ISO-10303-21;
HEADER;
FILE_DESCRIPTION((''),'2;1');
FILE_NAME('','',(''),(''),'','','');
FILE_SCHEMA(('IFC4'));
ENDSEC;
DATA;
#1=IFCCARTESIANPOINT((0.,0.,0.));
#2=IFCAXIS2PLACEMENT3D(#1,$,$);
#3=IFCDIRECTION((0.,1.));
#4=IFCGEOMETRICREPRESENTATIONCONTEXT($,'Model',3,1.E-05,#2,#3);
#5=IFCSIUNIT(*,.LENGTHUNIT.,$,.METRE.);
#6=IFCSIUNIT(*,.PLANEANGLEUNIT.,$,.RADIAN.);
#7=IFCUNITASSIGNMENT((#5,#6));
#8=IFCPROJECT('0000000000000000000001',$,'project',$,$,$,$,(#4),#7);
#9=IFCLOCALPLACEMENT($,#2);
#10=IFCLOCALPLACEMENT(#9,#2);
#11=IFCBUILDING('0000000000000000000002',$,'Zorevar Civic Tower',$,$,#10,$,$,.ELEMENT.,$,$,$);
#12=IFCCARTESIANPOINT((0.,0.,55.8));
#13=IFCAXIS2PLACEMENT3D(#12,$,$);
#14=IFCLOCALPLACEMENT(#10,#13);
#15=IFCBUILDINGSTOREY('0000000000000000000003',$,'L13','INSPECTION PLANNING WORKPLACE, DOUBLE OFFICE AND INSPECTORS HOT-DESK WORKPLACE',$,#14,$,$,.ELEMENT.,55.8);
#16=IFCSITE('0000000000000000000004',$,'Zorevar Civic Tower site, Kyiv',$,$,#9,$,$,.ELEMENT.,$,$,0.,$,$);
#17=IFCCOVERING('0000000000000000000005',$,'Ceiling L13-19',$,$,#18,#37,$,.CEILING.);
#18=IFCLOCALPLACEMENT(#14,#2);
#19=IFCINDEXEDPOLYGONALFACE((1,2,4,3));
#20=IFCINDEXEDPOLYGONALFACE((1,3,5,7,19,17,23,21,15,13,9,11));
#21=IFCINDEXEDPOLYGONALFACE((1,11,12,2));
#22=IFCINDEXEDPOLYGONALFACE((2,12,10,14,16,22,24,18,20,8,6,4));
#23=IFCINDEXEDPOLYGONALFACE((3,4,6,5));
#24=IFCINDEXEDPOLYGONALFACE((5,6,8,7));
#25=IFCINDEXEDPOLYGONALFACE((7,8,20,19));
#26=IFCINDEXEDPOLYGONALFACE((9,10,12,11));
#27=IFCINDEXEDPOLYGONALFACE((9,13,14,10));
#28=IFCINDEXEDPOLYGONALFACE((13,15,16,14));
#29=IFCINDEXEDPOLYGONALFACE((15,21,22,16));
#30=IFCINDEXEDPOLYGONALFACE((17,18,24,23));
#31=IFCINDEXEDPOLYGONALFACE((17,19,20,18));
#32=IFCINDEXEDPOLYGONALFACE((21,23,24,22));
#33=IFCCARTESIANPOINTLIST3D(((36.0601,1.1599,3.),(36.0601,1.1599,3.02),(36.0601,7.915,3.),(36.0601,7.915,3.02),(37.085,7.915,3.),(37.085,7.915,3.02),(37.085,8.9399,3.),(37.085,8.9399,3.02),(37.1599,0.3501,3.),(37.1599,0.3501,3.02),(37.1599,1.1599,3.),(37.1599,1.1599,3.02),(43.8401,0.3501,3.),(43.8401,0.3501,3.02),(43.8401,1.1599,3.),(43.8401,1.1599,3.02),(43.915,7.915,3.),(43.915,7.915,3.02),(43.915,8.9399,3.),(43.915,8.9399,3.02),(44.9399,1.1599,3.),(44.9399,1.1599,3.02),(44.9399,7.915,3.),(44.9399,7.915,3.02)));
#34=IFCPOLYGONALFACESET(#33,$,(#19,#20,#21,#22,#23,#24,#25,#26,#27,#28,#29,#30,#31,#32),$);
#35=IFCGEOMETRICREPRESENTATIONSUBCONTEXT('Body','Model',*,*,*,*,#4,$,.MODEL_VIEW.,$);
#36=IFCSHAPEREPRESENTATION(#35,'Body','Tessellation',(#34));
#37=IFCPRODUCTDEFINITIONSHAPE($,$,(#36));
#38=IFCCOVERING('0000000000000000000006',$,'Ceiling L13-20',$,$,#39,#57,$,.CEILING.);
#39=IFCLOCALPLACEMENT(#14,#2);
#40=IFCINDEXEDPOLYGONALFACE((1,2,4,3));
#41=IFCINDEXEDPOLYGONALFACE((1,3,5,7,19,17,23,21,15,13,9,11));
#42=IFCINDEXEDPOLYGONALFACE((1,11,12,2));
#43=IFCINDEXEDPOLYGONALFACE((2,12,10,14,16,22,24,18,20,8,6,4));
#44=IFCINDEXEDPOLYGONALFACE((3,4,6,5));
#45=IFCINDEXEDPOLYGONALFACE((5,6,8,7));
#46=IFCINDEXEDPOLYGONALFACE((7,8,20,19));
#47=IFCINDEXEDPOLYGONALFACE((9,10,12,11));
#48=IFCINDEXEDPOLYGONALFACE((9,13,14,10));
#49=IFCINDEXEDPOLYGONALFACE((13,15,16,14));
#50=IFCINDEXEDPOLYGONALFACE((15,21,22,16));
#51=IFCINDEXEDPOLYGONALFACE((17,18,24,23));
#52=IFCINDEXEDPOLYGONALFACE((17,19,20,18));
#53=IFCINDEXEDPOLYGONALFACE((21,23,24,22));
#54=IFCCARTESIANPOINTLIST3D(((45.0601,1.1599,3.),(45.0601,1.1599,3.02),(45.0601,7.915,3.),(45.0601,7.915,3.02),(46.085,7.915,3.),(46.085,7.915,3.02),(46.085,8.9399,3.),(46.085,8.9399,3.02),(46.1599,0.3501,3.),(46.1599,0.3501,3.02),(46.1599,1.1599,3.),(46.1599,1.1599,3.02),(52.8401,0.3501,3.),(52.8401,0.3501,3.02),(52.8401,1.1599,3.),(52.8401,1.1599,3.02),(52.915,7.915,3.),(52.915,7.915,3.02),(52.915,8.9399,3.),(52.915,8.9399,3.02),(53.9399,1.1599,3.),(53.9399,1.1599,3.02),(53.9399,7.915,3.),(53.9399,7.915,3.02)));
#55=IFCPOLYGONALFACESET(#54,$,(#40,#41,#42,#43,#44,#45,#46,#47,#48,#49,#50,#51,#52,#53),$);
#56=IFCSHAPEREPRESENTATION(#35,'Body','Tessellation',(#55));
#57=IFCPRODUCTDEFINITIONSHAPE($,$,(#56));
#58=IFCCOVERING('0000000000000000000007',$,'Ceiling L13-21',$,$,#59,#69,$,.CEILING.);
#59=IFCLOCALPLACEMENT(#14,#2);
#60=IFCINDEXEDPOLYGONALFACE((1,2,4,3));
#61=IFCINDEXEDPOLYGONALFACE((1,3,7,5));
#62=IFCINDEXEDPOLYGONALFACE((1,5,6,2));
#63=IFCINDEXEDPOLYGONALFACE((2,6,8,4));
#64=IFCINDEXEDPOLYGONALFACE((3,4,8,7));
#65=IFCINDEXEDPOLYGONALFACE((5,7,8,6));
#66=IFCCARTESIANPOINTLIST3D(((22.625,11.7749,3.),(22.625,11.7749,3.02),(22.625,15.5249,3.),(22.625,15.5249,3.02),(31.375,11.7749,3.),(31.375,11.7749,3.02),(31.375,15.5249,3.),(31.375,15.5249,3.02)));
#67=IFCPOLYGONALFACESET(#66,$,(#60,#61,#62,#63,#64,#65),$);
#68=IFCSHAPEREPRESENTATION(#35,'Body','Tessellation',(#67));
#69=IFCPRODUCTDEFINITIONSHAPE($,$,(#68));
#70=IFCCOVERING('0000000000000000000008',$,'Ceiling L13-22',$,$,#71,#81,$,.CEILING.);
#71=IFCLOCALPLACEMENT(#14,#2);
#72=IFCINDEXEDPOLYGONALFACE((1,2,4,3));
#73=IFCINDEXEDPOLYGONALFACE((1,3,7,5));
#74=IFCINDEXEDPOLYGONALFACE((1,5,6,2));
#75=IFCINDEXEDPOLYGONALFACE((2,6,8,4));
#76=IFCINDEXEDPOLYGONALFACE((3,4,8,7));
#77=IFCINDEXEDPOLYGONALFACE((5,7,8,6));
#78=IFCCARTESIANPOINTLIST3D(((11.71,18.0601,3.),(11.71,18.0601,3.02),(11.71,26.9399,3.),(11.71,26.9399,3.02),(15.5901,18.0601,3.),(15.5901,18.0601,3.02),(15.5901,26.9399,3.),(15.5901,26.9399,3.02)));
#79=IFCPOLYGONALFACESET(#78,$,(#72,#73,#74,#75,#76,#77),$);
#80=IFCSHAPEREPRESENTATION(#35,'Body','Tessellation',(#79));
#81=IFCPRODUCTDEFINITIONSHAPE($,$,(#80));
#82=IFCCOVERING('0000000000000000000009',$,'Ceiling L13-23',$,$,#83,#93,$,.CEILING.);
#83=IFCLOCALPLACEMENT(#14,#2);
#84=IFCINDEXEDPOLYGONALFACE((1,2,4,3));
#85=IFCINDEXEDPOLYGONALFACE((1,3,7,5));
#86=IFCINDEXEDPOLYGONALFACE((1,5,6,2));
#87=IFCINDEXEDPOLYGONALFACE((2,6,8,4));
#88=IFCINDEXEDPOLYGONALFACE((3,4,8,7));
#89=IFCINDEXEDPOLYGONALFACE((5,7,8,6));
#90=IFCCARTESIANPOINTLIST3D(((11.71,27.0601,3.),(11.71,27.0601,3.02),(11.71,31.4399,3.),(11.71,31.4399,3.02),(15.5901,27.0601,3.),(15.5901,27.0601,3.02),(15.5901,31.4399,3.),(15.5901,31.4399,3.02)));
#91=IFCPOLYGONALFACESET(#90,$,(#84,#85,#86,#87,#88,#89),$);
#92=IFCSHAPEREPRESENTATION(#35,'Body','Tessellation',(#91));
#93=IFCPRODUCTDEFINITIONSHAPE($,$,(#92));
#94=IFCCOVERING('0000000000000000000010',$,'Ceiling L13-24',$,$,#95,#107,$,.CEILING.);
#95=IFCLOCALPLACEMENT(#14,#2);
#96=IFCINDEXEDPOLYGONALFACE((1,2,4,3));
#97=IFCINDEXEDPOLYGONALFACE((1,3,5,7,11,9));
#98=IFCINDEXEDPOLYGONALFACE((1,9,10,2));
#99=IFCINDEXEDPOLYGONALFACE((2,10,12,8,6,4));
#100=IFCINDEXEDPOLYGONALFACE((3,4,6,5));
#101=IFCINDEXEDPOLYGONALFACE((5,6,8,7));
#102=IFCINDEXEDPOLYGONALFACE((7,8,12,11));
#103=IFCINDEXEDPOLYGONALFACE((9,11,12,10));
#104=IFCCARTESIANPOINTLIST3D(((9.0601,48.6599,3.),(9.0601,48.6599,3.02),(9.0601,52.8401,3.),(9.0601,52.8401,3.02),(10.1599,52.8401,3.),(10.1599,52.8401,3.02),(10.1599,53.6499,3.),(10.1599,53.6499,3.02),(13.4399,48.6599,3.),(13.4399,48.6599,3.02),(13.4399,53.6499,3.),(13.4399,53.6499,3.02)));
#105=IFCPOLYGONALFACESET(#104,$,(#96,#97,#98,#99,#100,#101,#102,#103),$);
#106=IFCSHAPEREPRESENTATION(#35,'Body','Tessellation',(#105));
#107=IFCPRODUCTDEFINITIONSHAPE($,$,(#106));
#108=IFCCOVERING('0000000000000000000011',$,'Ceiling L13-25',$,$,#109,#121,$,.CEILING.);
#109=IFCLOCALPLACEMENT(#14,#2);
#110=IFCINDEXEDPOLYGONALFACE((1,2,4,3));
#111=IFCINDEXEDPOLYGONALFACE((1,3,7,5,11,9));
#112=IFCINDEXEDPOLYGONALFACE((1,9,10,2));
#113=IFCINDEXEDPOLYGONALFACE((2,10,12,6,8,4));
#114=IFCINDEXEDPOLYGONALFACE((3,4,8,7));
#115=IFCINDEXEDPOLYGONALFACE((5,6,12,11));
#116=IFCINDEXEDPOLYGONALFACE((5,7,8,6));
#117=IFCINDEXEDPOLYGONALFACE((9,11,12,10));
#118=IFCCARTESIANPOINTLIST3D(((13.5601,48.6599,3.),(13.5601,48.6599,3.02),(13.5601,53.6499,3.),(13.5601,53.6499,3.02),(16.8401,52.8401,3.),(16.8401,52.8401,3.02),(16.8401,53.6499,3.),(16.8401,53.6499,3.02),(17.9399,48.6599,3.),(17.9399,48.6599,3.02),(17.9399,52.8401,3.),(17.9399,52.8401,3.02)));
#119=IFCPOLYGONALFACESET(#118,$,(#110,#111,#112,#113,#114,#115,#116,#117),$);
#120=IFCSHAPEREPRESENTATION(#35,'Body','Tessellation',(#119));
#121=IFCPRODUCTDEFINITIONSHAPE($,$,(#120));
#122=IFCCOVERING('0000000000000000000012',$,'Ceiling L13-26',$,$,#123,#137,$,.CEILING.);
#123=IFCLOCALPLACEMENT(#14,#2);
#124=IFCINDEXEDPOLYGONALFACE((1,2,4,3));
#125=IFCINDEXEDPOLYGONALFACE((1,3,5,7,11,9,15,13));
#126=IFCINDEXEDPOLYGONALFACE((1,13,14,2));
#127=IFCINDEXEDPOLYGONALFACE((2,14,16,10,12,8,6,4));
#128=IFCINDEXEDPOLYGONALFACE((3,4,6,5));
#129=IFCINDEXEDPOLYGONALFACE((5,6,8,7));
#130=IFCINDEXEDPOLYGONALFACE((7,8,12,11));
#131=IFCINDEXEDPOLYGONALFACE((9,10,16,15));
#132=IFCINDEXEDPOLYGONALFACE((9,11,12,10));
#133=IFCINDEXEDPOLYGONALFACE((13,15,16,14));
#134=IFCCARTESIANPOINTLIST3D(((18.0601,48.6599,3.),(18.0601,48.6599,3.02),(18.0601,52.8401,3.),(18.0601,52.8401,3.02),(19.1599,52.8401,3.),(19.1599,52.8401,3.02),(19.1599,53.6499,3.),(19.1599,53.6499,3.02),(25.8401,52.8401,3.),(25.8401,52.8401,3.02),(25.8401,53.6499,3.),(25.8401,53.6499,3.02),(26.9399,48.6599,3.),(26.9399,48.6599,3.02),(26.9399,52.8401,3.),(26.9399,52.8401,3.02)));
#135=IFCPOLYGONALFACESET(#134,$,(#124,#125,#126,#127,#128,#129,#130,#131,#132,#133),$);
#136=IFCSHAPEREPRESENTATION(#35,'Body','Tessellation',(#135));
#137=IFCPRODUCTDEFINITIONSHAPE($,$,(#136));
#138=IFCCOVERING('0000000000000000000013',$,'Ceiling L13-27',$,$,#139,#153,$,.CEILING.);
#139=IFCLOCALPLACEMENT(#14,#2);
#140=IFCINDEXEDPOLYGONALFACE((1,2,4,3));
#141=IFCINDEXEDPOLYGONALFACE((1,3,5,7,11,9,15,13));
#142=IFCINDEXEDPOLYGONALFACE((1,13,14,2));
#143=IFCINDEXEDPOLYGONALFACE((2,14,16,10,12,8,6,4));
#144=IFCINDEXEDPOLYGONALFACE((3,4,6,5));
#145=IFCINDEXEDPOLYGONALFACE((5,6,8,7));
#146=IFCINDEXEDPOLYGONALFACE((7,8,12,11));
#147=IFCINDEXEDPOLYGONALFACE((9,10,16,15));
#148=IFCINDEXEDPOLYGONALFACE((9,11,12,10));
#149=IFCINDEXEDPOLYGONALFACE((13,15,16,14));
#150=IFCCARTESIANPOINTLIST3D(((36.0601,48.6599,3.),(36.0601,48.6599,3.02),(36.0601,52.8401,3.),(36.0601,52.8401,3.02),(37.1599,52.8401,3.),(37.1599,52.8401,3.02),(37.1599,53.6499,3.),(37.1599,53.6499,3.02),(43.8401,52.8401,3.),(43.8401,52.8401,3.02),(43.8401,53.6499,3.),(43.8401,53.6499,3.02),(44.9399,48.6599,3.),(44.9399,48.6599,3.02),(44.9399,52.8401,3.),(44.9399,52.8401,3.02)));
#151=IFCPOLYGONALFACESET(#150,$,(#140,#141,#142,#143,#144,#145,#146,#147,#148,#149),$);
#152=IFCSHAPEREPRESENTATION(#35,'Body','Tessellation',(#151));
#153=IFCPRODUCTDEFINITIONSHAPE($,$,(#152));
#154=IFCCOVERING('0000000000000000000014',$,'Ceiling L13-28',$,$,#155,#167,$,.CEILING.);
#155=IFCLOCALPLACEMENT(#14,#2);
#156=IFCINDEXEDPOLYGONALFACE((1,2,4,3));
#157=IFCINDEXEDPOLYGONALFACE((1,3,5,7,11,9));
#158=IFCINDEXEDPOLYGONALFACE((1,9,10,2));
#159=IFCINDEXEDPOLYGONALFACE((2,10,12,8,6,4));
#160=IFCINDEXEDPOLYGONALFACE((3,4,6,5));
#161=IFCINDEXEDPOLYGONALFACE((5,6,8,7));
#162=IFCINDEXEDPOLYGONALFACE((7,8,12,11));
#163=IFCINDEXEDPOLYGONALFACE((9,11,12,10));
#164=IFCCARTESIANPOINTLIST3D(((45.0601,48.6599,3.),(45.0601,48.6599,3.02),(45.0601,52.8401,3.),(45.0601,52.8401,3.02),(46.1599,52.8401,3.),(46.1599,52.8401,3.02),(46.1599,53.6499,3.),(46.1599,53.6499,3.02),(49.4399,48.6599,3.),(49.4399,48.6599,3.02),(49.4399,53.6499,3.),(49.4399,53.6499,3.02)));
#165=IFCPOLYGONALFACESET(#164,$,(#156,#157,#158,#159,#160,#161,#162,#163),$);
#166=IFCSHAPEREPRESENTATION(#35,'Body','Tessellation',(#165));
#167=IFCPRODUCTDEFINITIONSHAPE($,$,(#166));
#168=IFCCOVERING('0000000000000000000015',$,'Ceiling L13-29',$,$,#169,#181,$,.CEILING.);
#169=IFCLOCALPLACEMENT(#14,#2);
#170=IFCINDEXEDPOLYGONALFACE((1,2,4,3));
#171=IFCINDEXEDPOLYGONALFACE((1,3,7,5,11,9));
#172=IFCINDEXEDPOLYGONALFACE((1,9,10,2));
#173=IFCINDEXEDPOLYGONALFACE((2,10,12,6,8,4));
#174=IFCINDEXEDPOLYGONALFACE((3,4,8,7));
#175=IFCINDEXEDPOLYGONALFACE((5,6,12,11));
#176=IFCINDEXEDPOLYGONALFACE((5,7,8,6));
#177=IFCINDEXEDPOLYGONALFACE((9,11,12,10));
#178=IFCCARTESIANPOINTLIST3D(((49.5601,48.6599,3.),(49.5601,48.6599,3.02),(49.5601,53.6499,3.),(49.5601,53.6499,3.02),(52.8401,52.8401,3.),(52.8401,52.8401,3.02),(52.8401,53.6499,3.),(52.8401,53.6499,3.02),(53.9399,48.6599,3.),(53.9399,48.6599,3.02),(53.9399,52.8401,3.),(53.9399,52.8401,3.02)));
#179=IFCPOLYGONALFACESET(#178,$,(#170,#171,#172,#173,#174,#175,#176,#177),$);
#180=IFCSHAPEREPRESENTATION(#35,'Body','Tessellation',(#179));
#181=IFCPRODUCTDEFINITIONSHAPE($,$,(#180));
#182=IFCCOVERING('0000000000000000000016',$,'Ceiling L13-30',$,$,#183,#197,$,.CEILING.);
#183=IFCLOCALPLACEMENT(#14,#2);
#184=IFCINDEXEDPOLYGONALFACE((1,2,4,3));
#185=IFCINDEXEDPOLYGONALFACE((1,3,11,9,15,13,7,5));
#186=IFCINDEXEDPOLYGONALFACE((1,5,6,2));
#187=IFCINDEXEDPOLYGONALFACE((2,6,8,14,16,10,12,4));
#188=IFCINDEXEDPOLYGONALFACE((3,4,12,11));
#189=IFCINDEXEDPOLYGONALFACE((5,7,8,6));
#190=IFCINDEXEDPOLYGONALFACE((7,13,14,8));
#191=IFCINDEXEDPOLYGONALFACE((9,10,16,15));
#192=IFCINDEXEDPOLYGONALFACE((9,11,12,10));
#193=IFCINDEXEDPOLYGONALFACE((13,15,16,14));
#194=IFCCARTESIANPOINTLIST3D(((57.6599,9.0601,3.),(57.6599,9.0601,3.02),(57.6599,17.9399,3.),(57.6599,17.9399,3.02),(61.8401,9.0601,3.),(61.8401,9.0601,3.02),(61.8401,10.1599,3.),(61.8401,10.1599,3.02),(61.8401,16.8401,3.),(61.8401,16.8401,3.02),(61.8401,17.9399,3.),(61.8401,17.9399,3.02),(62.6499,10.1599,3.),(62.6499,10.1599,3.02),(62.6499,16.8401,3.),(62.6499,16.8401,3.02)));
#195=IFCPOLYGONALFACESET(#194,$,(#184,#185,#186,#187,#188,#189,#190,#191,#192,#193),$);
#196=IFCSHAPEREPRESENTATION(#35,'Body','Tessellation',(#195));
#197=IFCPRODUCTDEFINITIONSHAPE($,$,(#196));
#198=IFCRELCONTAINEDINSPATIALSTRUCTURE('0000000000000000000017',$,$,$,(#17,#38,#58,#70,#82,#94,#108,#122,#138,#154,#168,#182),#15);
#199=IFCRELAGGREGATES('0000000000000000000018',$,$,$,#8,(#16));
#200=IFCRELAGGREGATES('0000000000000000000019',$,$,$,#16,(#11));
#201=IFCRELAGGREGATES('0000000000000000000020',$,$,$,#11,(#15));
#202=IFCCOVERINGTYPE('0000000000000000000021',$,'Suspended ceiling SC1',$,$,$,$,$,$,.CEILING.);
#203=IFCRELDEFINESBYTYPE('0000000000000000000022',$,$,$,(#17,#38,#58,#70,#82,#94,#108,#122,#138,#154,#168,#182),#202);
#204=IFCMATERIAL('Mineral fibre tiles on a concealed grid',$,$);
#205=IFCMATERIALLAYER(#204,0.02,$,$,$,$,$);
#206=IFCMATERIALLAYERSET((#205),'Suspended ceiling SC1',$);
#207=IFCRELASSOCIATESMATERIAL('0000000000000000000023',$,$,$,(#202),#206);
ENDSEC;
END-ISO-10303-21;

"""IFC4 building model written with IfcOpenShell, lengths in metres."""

from ifc_helpers import new_model, si_unit, direction, frame, origin, place, context, subcontext, project, spatial, polyline, outline, extrude, material, layer, layer_set, type_object, element, save


model = new_model("IFC4")

# Units and contexts
model_context = context("Model", 3, precision=1e-05, world=origin(), true_north=direction((0.0, 1.0)))
body_context = subcontext(model_context, "Body", "Model", "MODEL_VIEW")
ifc_project = project(units=[si_unit("LENGTHUNIT", "METRE"), si_unit("PLANEANGLEUNIT", "RADIAN")], contexts=[model_context])

# Site, building, storey
site_placement = place(None, origin())
site = spatial("IfcSite", under=ifc_project, at=site_placement, Name="Zorevar Civic Tower site, Kyiv", CompositionType="ELEMENT", RefElevation=0.0)
building_placement = place(site_placement, origin())
building = spatial("IfcBuilding", under=site, at=building_placement, Name="Zorevar Civic Tower", CompositionType="ELEMENT")
storey_placement = place(building_placement, frame((0.0, 0.0, 55.8)))
storey = spatial("IfcBuildingStorey", under=building, at=storey_placement, Name="L13", Description="INSPECTION PLANNING WORKPLACE, DOUBLE OFFICE AND INSPECTORS HOT-DESK WORKPLACE", CompositionType="ELEMENT", Elevation=55.8)

# Coverings
ifc_material_1 = material(Name="Mineral fibre tiles on a concealed grid")
ifc_layer_1 = layer(ifc_material_1, 0.02)
ifc_layer_set_1 = layer_set([ifc_layer_1], Name="Suspended ceiling SC1")
covering_type_1 = type_object("IfcCoveringType", Name="Suspended ceiling SC1", PredefinedType="CEILING", material=ifc_layer_set_1)
covering_1_placement = place(storey_placement, frame((0.0, 0.0, 3.0)))
element("IfcCovering", 1, at=covering_1_placement, inside=storey, type_object=covering_type_1, Name="Ceiling L13-19", PredefinedType="CEILING", context=body_context, shape_type="SweptSolid", body=[
    extrude(outline(polyline([(36.0601, 1.1599), (36.0601, 7.915), (37.085, 7.915), (37.085, 8.9399), (43.915, 8.9399), (43.915, 7.915), (44.9399, 7.915), (44.9399, 1.1599), (43.8401, 1.1599), (43.8401, 0.3501), (37.1599, 0.3501), (37.1599, 1.1599), (36.0601, 1.1599)])), origin(), (0.0, 0.0, 1.0), 0.02),
])
covering_2_placement = place(storey_placement, frame((0.0, 0.0, 3.0)))
element("IfcCovering", 2, at=covering_2_placement, inside=storey, type_object=covering_type_1, Name="Ceiling L13-20", PredefinedType="CEILING", context=body_context, shape_type="SweptSolid", body=[
    extrude(outline(polyline([(45.0601, 1.1599), (45.0601, 7.915), (46.085, 7.915), (46.085, 8.9399), (52.915, 8.9399), (52.915, 7.915), (53.9399, 7.915), (53.9399, 1.1599), (52.8401, 1.1599), (52.8401, 0.3501), (46.1599, 0.3501), (46.1599, 1.1599), (45.0601, 1.1599)])), origin(), (0.0, 0.0, 1.0), 0.02),
])
covering_3_placement = place(storey_placement, frame((0.0, 0.0, 3.0)))
element("IfcCovering", 3, at=covering_3_placement, inside=storey, type_object=covering_type_1, Name="Ceiling L13-21", PredefinedType="CEILING", context=body_context, shape_type="SweptSolid", body=[
    extrude(outline(polyline([(22.625, 15.5249), (31.375, 15.5249), (31.375, 11.7749), (22.625, 11.7749), (22.625, 15.5249)])), origin(), (0.0, 0.0, 1.0), 0.02),
])
covering_4_placement = place(storey_placement, frame((0.0, 0.0, 3.0)))
element("IfcCovering", 4, at=covering_4_placement, inside=storey, type_object=covering_type_1, Name="Ceiling L13-22", PredefinedType="CEILING", context=body_context, shape_type="SweptSolid", body=[
    extrude(outline(polyline([(15.5901, 18.0601), (11.71, 18.0601), (11.71, 26.9399), (15.5901, 26.9399), (15.5901, 18.0601)])), origin(), (0.0, 0.0, 1.0), 0.02),
])
covering_5_placement = place(storey_placement, frame((0.0, 0.0, 3.0)))
element("IfcCovering", 5, at=covering_5_placement, inside=storey, type_object=covering_type_1, Name="Ceiling L13-23", PredefinedType="CEILING", context=body_context, shape_type="SweptSolid", body=[
    extrude(outline(polyline([(15.5901, 31.4399), (15.5901, 27.0601), (11.71, 27.0601), (11.71, 31.4399), (15.5901, 31.4399)])), origin(), (0.0, 0.0, 1.0), 0.02),
])
covering_6_placement = place(storey_placement, frame((0.0, 0.0, 3.0)))
element("IfcCovering", 6, at=covering_6_placement, inside=storey, type_object=covering_type_1, Name="Ceiling L13-24", PredefinedType="CEILING", context=body_context, shape_type="SweptSolid", body=[
    extrude(outline(polyline([(9.0601, 48.6599), (9.0601, 52.8401), (10.1599, 52.8401), (10.1599, 53.6499), (13.4399, 53.6499), (13.4399, 48.6599), (9.0601, 48.6599)])), origin(), (0.0, 0.0, 1.0), 0.02),
])
covering_7_placement = place(storey_placement, frame((0.0, 0.0, 3.0)))
element("IfcCovering", 7, at=covering_7_placement, inside=storey, type_object=covering_type_1, Name="Ceiling L13-25", PredefinedType="CEILING", context=body_context, shape_type="SweptSolid", body=[
    extrude(outline(polyline([(13.5601, 48.6599), (13.5601, 53.6499), (16.8401, 53.6499), (16.8401, 52.8401), (17.9399, 52.8401), (17.9399, 48.6599), (13.5601, 48.6599)])), origin(), (0.0, 0.0, 1.0), 0.02),
])
covering_8_placement = place(storey_placement, frame((0.0, 0.0, 3.0)))
element("IfcCovering", 8, at=covering_8_placement, inside=storey, type_object=covering_type_1, Name="Ceiling L13-26", PredefinedType="CEILING", context=body_context, shape_type="SweptSolid", body=[
    extrude(outline(polyline([(19.1599, 52.8401), (19.1599, 53.6499), (25.8401, 53.6499), (25.8401, 52.8401), (26.9399, 52.8401), (26.9399, 48.6599), (18.0601, 48.6599), (18.0601, 52.8401), (19.1599, 52.8401)])), origin(), (0.0, 0.0, 1.0), 0.02),
])
covering_9_placement = place(storey_placement, frame((0.0, 0.0, 3.0)))
element("IfcCovering", 9, at=covering_9_placement, inside=storey, type_object=covering_type_1, Name="Ceiling L13-27", PredefinedType="CEILING", context=body_context, shape_type="SweptSolid", body=[
    extrude(outline(polyline([(37.1599, 52.8401), (37.1599, 53.6499), (43.8401, 53.6499), (43.8401, 52.8401), (44.9399, 52.8401), (44.9399, 48.6599), (36.0601, 48.6599), (36.0601, 52.8401), (37.1599, 52.8401)])), origin(), (0.0, 0.0, 1.0), 0.02),
])
covering_10_placement = place(storey_placement, frame((0.0, 0.0, 3.0)))
element("IfcCovering", 10, at=covering_10_placement, inside=storey, type_object=covering_type_1, Name="Ceiling L13-28", PredefinedType="CEILING", context=body_context, shape_type="SweptSolid", body=[
    extrude(outline(polyline([(45.0601, 48.6599), (45.0601, 52.8401), (46.1599, 52.8401), (46.1599, 53.6499), (49.4399, 53.6499), (49.4399, 48.6599), (45.0601, 48.6599)])), origin(), (0.0, 0.0, 1.0), 0.02),
])
covering_11_placement = place(storey_placement, frame((0.0, 0.0, 3.0)))
element("IfcCovering", 11, at=covering_11_placement, inside=storey, type_object=covering_type_1, Name="Ceiling L13-29", PredefinedType="CEILING", context=body_context, shape_type="SweptSolid", body=[
    extrude(outline(polyline([(49.5601, 48.6599), (49.5601, 53.6499), (52.8401, 53.6499), (52.8401, 52.8401), (53.9399, 52.8401), (53.9399, 48.6599), (49.5601, 48.6599)])), origin(), (0.0, 0.0, 1.0), 0.02),
])
covering_12_placement = place(storey_placement, frame((0.0, 0.0, 3.0)))
element("IfcCovering", 12, at=covering_12_placement, inside=storey, type_object=covering_type_1, Name="Ceiling L13-30", PredefinedType="CEILING", context=body_context, shape_type="SweptSolid", body=[
    extrude(outline(polyline([(62.6499, 10.1599), (61.8401, 10.1599), (61.8401, 9.0601), (57.6599, 9.0601), (57.6599, 17.9399), (61.8401, 17.9399), (61.8401, 16.8401), (62.6499, 16.8401), (62.6499, 10.1599)])), origin(), (0.0, 0.0, 1.0), 0.02),
])

save(model, "model.ifc")
